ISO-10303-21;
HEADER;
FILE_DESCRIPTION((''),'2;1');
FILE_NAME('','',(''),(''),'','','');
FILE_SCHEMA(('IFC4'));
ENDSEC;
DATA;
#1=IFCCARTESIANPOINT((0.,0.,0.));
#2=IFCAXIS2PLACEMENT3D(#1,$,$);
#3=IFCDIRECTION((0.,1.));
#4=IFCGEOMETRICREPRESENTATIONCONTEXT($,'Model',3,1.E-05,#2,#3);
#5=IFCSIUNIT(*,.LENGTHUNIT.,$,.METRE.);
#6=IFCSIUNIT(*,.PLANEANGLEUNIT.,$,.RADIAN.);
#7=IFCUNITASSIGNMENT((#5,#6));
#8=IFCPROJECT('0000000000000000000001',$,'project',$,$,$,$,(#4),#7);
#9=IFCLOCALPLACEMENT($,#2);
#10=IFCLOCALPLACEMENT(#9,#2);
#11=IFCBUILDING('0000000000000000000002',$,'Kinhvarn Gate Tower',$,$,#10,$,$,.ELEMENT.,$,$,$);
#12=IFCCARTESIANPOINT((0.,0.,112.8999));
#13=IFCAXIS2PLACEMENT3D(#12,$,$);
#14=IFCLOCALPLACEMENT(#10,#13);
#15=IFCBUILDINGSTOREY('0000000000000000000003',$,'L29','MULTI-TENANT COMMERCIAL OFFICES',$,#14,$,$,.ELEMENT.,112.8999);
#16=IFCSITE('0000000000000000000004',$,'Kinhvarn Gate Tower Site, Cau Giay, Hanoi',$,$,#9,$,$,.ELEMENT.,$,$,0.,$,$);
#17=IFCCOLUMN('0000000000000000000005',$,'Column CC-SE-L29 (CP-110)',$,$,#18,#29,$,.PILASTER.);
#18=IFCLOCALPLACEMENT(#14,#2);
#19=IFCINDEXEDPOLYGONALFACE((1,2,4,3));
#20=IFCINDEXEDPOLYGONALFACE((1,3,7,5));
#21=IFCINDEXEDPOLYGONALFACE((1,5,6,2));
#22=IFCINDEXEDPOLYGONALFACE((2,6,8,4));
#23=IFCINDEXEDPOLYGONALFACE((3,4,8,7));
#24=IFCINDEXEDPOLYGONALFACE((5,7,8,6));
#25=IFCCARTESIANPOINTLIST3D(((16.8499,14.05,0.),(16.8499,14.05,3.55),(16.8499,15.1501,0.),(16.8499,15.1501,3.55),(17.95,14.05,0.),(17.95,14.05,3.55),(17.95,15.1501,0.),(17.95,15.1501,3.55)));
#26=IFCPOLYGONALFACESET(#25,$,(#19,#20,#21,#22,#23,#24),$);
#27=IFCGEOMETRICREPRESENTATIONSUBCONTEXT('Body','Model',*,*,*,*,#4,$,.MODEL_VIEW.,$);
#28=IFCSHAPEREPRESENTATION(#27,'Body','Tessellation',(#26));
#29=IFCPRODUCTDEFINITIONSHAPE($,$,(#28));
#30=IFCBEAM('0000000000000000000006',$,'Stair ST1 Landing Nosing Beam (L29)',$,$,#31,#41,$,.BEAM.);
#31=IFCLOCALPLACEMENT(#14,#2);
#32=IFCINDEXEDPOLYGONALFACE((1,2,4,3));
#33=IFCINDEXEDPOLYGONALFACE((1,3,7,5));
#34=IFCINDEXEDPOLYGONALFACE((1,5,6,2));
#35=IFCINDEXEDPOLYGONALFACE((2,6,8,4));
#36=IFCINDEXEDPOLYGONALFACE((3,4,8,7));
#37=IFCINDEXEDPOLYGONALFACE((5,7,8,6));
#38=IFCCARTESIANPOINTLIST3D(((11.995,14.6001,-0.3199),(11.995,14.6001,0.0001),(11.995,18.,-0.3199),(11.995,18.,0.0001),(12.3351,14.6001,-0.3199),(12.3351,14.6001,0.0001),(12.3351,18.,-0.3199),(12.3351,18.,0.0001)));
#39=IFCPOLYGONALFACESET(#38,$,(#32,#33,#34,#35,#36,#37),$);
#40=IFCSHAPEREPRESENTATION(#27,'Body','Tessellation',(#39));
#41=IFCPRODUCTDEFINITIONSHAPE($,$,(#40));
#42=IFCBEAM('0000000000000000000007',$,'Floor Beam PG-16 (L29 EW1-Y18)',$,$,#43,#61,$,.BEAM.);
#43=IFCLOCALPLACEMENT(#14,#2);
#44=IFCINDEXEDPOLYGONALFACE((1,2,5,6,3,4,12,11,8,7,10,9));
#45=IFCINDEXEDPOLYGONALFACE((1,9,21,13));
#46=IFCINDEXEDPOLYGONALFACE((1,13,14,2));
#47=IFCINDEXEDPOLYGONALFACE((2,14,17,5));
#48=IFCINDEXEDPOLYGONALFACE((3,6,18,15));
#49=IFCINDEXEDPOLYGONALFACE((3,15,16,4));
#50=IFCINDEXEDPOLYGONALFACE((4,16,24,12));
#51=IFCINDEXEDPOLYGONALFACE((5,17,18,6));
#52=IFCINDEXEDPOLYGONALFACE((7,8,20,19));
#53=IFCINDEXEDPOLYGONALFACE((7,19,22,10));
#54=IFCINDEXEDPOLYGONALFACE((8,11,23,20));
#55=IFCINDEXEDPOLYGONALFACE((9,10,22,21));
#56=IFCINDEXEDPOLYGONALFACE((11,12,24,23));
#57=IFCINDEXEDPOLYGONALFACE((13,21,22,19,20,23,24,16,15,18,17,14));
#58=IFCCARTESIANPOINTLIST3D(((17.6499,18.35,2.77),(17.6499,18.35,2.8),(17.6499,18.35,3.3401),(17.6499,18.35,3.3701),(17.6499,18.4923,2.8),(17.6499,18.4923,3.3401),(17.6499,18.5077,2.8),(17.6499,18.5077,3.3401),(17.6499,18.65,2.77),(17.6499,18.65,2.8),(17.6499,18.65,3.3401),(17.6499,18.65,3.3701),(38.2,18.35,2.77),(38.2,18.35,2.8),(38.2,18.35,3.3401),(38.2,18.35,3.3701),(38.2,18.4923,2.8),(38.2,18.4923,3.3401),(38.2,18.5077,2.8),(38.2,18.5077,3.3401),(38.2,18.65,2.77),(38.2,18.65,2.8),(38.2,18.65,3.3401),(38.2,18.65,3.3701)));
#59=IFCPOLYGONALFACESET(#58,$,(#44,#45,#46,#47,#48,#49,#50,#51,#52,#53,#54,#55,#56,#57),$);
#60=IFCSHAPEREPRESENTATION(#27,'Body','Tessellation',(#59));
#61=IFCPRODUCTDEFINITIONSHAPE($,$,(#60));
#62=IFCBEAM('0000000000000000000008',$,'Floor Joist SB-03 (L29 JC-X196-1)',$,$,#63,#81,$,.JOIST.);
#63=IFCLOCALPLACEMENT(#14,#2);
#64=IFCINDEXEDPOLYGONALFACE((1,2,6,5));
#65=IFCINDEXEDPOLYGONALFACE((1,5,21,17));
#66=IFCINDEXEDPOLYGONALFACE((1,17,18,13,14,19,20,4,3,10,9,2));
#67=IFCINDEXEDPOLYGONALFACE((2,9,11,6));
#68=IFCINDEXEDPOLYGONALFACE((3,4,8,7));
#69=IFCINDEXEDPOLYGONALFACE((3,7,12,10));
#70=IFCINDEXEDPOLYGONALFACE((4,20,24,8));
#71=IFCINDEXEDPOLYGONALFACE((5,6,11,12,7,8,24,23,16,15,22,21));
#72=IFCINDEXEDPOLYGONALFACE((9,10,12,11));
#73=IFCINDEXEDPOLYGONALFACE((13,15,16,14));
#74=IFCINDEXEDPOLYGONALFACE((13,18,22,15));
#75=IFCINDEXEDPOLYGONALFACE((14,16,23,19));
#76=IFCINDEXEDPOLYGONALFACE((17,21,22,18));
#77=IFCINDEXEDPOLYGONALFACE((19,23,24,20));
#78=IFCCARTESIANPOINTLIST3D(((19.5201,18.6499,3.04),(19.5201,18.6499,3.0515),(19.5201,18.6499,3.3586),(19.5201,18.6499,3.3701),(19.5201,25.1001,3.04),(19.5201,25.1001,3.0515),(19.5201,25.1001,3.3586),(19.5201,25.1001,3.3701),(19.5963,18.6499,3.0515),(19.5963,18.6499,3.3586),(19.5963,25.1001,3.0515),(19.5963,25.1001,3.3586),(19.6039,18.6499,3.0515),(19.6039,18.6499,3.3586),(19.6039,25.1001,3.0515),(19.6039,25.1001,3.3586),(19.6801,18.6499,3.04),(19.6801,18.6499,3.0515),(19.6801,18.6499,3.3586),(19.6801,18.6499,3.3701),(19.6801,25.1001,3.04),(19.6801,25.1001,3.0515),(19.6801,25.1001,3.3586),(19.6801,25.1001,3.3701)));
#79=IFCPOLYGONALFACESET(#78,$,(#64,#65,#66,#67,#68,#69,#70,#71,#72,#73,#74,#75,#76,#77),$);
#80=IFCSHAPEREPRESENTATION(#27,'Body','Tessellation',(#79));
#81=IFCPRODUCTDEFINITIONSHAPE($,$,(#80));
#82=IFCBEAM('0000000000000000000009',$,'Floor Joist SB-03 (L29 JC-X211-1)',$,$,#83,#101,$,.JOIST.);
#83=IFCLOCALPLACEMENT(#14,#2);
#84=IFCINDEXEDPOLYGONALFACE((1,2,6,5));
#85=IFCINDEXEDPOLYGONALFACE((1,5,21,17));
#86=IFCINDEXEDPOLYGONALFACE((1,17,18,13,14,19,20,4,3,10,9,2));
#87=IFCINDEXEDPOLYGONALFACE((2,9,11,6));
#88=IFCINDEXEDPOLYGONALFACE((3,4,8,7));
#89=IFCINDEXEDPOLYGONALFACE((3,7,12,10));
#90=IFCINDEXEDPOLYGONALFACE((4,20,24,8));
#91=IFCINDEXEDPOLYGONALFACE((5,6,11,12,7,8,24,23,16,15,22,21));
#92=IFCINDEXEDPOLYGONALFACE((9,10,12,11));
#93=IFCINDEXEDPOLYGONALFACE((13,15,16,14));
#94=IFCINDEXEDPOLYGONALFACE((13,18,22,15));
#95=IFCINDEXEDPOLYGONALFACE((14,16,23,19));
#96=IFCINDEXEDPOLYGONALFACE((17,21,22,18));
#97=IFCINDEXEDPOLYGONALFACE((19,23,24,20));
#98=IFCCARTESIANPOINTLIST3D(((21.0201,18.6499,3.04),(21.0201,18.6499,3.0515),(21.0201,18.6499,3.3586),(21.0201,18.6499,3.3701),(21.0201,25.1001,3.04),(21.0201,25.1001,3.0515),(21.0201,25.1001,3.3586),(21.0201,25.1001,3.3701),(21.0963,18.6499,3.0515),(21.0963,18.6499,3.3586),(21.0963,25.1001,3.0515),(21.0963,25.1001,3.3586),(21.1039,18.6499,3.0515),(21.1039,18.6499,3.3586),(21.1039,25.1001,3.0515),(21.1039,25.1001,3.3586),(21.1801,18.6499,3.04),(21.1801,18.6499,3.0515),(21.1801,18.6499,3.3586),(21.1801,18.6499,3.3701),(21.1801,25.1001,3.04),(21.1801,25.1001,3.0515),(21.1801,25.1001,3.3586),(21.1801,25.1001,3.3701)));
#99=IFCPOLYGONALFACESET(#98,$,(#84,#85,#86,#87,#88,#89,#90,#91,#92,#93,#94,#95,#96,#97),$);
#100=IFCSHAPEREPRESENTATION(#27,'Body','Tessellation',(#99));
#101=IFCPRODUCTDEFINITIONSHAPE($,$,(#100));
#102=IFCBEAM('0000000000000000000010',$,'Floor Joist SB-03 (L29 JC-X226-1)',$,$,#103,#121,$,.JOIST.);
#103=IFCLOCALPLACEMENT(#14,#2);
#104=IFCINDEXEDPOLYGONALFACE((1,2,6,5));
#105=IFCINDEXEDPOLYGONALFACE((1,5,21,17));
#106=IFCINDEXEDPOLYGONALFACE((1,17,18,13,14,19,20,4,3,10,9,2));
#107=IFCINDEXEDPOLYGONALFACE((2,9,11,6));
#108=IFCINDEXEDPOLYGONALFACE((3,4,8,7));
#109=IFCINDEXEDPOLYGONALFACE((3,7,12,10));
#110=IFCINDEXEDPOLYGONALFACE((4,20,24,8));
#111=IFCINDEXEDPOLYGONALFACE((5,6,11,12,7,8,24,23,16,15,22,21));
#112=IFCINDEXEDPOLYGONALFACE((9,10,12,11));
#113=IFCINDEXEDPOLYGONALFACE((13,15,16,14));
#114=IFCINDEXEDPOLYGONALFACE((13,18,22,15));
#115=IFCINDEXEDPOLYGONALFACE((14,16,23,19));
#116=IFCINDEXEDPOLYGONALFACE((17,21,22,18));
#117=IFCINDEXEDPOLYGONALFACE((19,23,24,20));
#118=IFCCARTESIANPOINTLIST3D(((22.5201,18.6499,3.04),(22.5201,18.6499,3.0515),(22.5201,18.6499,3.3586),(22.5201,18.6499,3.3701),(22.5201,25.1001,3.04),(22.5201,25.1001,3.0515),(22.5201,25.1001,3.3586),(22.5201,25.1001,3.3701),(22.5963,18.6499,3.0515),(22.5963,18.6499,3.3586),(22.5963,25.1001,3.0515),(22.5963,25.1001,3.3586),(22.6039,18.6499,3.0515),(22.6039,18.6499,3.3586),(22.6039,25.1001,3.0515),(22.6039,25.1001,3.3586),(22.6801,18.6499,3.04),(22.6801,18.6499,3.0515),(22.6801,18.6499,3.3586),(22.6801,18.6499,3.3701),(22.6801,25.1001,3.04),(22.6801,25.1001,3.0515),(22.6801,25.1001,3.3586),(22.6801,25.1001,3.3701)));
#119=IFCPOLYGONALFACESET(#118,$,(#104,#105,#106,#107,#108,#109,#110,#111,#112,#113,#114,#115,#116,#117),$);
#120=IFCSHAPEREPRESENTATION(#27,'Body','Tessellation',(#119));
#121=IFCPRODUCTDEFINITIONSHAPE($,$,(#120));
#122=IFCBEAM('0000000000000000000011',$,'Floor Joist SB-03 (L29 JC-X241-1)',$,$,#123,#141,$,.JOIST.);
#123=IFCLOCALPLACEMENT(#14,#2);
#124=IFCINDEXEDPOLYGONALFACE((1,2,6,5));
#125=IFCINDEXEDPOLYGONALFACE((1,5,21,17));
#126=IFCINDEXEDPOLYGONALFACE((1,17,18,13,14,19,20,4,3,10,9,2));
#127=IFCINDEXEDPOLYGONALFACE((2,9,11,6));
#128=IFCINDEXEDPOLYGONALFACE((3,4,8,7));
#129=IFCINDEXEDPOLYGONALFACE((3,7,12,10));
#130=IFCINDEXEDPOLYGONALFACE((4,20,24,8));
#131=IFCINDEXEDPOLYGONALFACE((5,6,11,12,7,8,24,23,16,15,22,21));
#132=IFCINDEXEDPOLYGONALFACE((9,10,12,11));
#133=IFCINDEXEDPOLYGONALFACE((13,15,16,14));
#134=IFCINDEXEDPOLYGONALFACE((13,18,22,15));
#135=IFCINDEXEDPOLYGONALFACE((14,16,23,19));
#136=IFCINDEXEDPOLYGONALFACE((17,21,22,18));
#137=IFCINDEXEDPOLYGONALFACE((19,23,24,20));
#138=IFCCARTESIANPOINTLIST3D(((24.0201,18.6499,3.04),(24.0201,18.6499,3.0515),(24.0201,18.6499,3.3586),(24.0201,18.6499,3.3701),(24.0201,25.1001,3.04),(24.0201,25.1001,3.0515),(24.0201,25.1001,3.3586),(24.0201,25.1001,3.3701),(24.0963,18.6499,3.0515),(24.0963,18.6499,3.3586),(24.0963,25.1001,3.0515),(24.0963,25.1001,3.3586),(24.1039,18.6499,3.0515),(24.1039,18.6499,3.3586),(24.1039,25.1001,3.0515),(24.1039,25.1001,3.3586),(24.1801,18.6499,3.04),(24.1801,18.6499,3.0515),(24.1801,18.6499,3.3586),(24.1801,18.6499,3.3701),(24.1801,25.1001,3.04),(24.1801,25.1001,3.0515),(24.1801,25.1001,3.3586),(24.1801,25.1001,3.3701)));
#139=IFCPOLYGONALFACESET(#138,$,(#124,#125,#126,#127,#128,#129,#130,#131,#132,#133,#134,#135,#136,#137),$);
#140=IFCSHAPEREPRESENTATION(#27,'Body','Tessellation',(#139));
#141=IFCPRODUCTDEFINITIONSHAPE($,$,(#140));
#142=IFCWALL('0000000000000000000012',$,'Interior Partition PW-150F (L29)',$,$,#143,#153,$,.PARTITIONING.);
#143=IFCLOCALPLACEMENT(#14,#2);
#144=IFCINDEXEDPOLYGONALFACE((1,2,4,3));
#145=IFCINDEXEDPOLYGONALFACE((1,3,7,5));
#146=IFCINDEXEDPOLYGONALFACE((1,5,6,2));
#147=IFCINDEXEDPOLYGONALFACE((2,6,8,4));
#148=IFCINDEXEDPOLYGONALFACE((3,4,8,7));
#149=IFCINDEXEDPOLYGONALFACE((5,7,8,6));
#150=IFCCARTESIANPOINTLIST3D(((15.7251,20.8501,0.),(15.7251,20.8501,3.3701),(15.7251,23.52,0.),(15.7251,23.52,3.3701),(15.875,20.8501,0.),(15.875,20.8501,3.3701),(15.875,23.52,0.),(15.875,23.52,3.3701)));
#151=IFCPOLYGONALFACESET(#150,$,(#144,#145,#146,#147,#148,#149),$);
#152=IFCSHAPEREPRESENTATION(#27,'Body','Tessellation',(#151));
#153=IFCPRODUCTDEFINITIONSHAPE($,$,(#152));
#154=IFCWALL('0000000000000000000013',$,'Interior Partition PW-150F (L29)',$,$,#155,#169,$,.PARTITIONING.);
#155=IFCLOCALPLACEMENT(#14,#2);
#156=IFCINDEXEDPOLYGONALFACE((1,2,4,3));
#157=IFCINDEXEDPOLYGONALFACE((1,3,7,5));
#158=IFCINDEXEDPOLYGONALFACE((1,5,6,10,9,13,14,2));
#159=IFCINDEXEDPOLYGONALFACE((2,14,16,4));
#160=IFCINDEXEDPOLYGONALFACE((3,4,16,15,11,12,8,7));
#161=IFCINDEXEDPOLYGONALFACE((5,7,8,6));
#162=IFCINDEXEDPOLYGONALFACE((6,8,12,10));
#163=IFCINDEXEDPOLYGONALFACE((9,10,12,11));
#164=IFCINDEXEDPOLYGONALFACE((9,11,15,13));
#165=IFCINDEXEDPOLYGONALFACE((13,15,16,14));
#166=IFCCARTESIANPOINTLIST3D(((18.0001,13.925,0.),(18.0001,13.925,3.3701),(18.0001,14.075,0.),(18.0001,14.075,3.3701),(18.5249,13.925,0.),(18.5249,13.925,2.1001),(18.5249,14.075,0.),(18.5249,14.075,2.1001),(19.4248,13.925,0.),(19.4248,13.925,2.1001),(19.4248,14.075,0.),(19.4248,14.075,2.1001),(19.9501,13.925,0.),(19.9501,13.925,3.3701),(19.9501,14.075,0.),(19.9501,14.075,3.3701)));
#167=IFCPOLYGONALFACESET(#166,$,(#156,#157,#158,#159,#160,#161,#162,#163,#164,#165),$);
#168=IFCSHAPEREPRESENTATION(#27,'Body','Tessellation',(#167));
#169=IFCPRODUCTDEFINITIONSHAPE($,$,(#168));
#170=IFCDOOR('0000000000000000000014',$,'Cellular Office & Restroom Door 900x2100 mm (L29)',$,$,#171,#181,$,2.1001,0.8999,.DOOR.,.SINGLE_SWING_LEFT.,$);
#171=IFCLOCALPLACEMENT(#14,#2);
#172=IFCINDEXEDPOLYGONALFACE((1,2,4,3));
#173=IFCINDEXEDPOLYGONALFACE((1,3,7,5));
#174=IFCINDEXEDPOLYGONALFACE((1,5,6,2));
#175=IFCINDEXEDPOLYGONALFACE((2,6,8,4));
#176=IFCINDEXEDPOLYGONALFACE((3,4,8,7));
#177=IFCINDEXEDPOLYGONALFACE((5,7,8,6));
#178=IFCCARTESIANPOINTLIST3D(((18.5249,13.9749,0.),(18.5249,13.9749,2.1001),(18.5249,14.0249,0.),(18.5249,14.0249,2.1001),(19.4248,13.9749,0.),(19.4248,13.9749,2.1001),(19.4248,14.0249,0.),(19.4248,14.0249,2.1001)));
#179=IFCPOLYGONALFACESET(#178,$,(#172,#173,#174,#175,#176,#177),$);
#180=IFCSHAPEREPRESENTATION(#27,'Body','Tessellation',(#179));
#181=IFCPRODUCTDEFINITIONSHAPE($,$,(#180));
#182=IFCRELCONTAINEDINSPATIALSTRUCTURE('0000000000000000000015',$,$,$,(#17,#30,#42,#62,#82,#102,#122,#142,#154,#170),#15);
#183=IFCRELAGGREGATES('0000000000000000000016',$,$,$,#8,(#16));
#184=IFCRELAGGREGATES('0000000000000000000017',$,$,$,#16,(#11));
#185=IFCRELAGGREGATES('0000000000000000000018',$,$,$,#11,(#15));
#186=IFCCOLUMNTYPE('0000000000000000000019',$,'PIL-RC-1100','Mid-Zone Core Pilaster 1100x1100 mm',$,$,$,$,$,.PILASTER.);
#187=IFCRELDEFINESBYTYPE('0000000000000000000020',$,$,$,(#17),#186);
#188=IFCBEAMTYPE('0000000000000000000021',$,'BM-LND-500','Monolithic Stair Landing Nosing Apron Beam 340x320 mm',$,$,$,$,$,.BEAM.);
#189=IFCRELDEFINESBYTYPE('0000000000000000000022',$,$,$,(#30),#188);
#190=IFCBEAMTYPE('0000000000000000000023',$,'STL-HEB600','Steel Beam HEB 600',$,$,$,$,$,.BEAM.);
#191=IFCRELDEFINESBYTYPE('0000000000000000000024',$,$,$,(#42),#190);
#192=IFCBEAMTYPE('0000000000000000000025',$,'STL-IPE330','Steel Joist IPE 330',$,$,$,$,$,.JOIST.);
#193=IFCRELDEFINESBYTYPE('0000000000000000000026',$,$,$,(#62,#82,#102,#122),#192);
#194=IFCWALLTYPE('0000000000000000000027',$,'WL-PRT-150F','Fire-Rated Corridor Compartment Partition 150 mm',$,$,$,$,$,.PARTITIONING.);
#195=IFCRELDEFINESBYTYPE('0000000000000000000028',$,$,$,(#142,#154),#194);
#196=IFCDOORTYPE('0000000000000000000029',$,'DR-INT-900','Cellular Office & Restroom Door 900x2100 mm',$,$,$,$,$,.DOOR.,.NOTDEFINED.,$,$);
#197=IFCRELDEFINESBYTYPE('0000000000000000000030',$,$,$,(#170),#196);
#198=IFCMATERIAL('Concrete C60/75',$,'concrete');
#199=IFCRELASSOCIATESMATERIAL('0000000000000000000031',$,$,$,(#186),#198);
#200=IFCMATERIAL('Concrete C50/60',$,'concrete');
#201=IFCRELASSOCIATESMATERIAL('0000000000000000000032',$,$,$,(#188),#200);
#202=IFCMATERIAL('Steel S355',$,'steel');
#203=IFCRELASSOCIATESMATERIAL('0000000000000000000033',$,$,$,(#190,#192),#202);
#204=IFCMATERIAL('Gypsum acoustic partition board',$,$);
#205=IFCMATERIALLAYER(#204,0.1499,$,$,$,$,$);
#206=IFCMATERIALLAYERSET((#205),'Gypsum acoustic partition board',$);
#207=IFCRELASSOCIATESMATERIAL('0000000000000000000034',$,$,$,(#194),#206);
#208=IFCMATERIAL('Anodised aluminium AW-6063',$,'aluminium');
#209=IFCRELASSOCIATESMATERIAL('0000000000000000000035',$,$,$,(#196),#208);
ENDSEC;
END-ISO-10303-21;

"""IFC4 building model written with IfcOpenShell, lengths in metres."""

from ifc_helpers import new_model, si_unit, direction, frame, frame_2d, origin, origin_2d, place, context, subcontext, project, spatial, rectangle, i_section, extrude, material, layer, layer_set, material_profile, profile_set, type_object, element, fill, save


model = new_model("IFC4")

# Units and contexts
model_context = context("Model", 3, precision=1e-05, world=origin(), true_north=direction((0.0, 1.0)))
body_context = subcontext(model_context, "Body", "Model", "MODEL_VIEW")
ifc_project = project(units=[si_unit("LENGTHUNIT", "METRE"), si_unit("PLANEANGLEUNIT", "RADIAN")], contexts=[model_context])

# Site, building, storey
site_placement = place(None, origin())
site = spatial("IfcSite", under=ifc_project, at=site_placement, Name="Kinhvarn Gate Tower Site, Cau Giay, Hanoi", CompositionType="ELEMENT", RefElevation=0.0)
building_placement = place(site_placement, origin())
building = spatial("IfcBuilding", under=site, at=building_placement, Name="Kinhvarn Gate Tower", CompositionType="ELEMENT")
storey_placement = place(building_placement, frame((0.0, 0.0, 112.8999)))
storey = spatial("IfcBuildingStorey", under=building, at=storey_placement, Name="L29", Description="MULTI-TENANT COMMERCIAL OFFICES", CompositionType="ELEMENT", Elevation=112.8999)

# Column
ifc_material_1 = material(Name="Concrete C60/75", Category="concrete")
ifc_material_profile_1 = material_profile(ifc_material_1, rectangle(XDim=1.1001, YDim=1.1001, at=origin_2d()), Name="RC 1100x1100")
ifc_profile_set_1 = profile_set([ifc_material_profile_1], Name="Concrete C60/75")
column_type = type_object("IfcColumnType", Name="PIL-RC-1100", Description="Mid-Zone Core Pilaster 1100x1100 mm", PredefinedType="PILASTER", material=ifc_profile_set_1)
column_placement = place(storey_placement, frame((17.3999, 14.6001, 0.0), z_axis=(0.0, 0.0, 1.0), x_axis=(1.0, 0.0, 0.0)))
element("IfcColumn", 1, at=column_placement, inside=storey, type_object=column_type, Name="Column CC-SE-L29 (CP-110)", PredefinedType="PILASTER", context=body_context, shape_type="SweptSolid", body=[
    extrude(rectangle(XDim=1.1001, YDim=1.1001, at=origin_2d()), origin(), (0.0, 0.0, 1.0), 3.55),
])

# Beams
ifc_material_2 = material(Name="Concrete C50/60", Category="concrete")
ifc_material_profile_2 = material_profile(ifc_material_2, rectangle(XDim=0.3401, YDim=0.3201, at=origin_2d()), Name="RC 340x320")
ifc_profile_set_2 = profile_set([ifc_material_profile_2], Name="Concrete C50/60")
beam_type_1 = type_object("IfcBeamType", Name="BM-LND-500", Description="Monolithic Stair Landing Nosing Apron Beam 340x320 mm", PredefinedType="BEAM", material=ifc_profile_set_2)
beam_1_placement = place(storey_placement, frame((12.165, 14.6001, -0.1599), z_axis=(0.0, 1.0, 0.0), x_axis=(-1.0, 0.0, 0.0)))
element("IfcBeam", 2, at=beam_1_placement, inside=storey, type_object=beam_type_1, Name="Stair ST1 Landing Nosing Beam (L29)", PredefinedType="BEAM", context=body_context, shape_type="SweptSolid", body=[
    extrude(rectangle(XDim=0.3401, YDim=0.3201, at=origin_2d()), origin(), (0.0, 0.0, 1.0), 3.3999),
])
ifc_material_3 = material(Name="Steel S355", Category="steel")
ifc_material_profile_3 = material_profile(ifc_material_3, i_section(OverallWidth=0.3, OverallDepth=0.6001, WebThickness=0.0154, FlangeThickness=0.03, at=origin_2d()), Name="HEB 600")
ifc_profile_set_3 = profile_set([ifc_material_profile_3], Name="Steel S355")
beam_type_2 = type_object("IfcBeamType", Name="STL-HEB600", Description="Steel Beam HEB 600", PredefinedType="BEAM", material=ifc_profile_set_3)
beam_2_placement = place(storey_placement, frame((17.6499, 18.5, 3.0701), z_axis=(1.0, 0.0, 0.0), x_axis=(0.0, 1.0, 0.0)))
element("IfcBeam", 3, at=beam_2_placement, inside=storey, type_object=beam_type_2, Name="Floor Beam PG-16 (L29 EW1-Y18)", PredefinedType="BEAM", context=body_context, shape_type="SweptSolid", body=[
    extrude(i_section(OverallWidth=0.3, OverallDepth=0.6001, WebThickness=0.0154, FlangeThickness=0.03, at=origin_2d()), origin(), (0.0, 0.0, 1.0), 20.55),
])
ifc_material_profile_4 = material_profile(ifc_material_3, i_section(OverallWidth=0.1599, OverallDepth=0.3301, WebThickness=0.0076, FlangeThickness=0.0115, at=origin_2d()), Name="IPE 330")
ifc_profile_set_4 = profile_set([ifc_material_profile_4], Name="Steel S355")
beam_type_3 = type_object("IfcBeamType", Name="STL-IPE330", Description="Steel Joist IPE 330", PredefinedType="JOIST", material=ifc_profile_set_4)
for number, where, z_axis, x_axis, name in (
    (4, (19.6001, 18.6499, 3.2051), (0.0, 1.0, 0.0), (-1.0, 0.0, 0.0), "Floor Joist SB-03 (L29 JC-X196-1)"),
    (5, (21.1001, 18.6499, 3.2051), (0.0, 1.0, 0.0), (-1.0, 0.0, 0.0), "Floor Joist SB-03 (L29 JC-X211-1)"),
    (6, (22.6001, 18.6499, 3.2051), (0.0, 1.0, 0.0), (-1.0, 0.0, 0.0), "Floor Joist SB-03 (L29 JC-X226-1)"),
    (7, (24.1001, 18.6499, 3.2051), (0.0, 1.0, 0.0), (-1.0, 0.0, 0.0), "Floor Joist SB-03 (L29 JC-X241-1)"),
):
    element("IfcBeam", number, at=place(storey_placement, frame(where, z_axis=z_axis, x_axis=x_axis)), inside=storey, type_object=beam_type_3, Name=name, PredefinedType="JOIST", context=body_context, shape_type="SweptSolid", body=[
        extrude(i_section(OverallWidth=0.1599, OverallDepth=0.3301, WebThickness=0.0076, FlangeThickness=0.0115, at=origin_2d()), origin(), (0.0, 0.0, 1.0), 6.4502),
    ])

# Shared definitions
ifc_material_4 = material(Name="Anodised aluminium AW-6063", Category="aluminium")

# Wall
ifc_material_5 = material(Name="Gypsum acoustic partition board")
ifc_layer_1 = layer(ifc_material_5, 0.1499)
ifc_layer_set_1 = layer_set([ifc_layer_1], Name="Gypsum acoustic partition board")
wall_type_1 = type_object("IfcWallType", Name="WL-PRT-150F", Description="Fire-Rated Corridor Compartment Partition 150 mm", PredefinedType="PARTITIONING", material=ifc_layer_set_1)
wall_1_placement = place(storey_placement, frame((15.8, 20.8501, 0.0), z_axis=(0.0, 0.0, 1.0), x_axis=(0.0, 1.0, 0.0)))
element("IfcWall", 8, at=wall_1_placement, inside=storey, type_object=wall_type_1, Name="Interior Partition PW-150F (L29)", PredefinedType="PARTITIONING", context=body_context, shape_type="SweptSolid", body=[
    extrude(rectangle(XDim=2.6699, YDim=0.1499, at=frame_2d((1.335, 0.0))), origin(), (0.0, 0.0, 1.0), 3.3701),
])

# Wall, opening, door
wall_2_placement = place(storey_placement, frame((18.0, 14.0, 0.0), z_axis=(0.0, 0.0, 1.0), x_axis=(1.0, 0.0, 0.0)))
wall_2 = element("IfcWall", 9, at=wall_2_placement, inside=storey, type_object=wall_type_1, Name="Interior Partition PW-150F (L29)", PredefinedType="PARTITIONING", context=body_context, shape_type="SweptSolid", body=[
    extrude(rectangle(XDim=1.95, YDim=0.1499, at=frame_2d((0.9751, 0.0))), origin(), (0.0, 0.0, 1.0), 3.3701),
])
opening_1_placement = place(wall_2_placement, frame((0.5249, 0.0, 0.0)))
opening_1 = element("IfcOpeningElement", 10, at=opening_1_placement, cuts=wall_2, PredefinedType="OPENING", context=body_context, shape_type="SweptSolid", body=[
    extrude(rectangle(XDim=0.8999, YDim=2.1001, at=frame_2d((0.45, 1.05))), frame((0.0, 0.085, 0.0), z_axis=(0.0, -1.0, 0.0), x_axis=(1.0, 0.0, 0.0)), (0.0, 0.0, 1.0), 0.1699),
])
door_type_1 = type_object("IfcDoorType", Name="DR-INT-900", Description="Cellular Office & Restroom Door 900x2100 mm", OperationType="NOTDEFINED", PredefinedType="DOOR", material=ifc_material_4)
door_1_placement = place(opening_1_placement, origin())
door_1 = element("IfcDoor", 11, at=door_1_placement, inside=storey, type_object=door_type_1, Name="Cellular Office & Restroom Door 900x2100 mm (L29)", OperationType="SINGLE_SWING_LEFT", OverallHeight=2.1001, OverallWidth=0.8999, PredefinedType="DOOR", context=body_context, shape_type="SweptSolid", body=[
    extrude(rectangle(XDim=0.8999, YDim=2.1001, at=frame_2d((0.45, 1.05))), frame((0.0, 0.0249, 0.0), z_axis=(0.0, -1.0, 0.0), x_axis=(1.0, 0.0, 0.0)), (0.0, 0.0, 1.0), 0.05),
])
fill(opening_1, door_1)

save(model, "model.ifc")
